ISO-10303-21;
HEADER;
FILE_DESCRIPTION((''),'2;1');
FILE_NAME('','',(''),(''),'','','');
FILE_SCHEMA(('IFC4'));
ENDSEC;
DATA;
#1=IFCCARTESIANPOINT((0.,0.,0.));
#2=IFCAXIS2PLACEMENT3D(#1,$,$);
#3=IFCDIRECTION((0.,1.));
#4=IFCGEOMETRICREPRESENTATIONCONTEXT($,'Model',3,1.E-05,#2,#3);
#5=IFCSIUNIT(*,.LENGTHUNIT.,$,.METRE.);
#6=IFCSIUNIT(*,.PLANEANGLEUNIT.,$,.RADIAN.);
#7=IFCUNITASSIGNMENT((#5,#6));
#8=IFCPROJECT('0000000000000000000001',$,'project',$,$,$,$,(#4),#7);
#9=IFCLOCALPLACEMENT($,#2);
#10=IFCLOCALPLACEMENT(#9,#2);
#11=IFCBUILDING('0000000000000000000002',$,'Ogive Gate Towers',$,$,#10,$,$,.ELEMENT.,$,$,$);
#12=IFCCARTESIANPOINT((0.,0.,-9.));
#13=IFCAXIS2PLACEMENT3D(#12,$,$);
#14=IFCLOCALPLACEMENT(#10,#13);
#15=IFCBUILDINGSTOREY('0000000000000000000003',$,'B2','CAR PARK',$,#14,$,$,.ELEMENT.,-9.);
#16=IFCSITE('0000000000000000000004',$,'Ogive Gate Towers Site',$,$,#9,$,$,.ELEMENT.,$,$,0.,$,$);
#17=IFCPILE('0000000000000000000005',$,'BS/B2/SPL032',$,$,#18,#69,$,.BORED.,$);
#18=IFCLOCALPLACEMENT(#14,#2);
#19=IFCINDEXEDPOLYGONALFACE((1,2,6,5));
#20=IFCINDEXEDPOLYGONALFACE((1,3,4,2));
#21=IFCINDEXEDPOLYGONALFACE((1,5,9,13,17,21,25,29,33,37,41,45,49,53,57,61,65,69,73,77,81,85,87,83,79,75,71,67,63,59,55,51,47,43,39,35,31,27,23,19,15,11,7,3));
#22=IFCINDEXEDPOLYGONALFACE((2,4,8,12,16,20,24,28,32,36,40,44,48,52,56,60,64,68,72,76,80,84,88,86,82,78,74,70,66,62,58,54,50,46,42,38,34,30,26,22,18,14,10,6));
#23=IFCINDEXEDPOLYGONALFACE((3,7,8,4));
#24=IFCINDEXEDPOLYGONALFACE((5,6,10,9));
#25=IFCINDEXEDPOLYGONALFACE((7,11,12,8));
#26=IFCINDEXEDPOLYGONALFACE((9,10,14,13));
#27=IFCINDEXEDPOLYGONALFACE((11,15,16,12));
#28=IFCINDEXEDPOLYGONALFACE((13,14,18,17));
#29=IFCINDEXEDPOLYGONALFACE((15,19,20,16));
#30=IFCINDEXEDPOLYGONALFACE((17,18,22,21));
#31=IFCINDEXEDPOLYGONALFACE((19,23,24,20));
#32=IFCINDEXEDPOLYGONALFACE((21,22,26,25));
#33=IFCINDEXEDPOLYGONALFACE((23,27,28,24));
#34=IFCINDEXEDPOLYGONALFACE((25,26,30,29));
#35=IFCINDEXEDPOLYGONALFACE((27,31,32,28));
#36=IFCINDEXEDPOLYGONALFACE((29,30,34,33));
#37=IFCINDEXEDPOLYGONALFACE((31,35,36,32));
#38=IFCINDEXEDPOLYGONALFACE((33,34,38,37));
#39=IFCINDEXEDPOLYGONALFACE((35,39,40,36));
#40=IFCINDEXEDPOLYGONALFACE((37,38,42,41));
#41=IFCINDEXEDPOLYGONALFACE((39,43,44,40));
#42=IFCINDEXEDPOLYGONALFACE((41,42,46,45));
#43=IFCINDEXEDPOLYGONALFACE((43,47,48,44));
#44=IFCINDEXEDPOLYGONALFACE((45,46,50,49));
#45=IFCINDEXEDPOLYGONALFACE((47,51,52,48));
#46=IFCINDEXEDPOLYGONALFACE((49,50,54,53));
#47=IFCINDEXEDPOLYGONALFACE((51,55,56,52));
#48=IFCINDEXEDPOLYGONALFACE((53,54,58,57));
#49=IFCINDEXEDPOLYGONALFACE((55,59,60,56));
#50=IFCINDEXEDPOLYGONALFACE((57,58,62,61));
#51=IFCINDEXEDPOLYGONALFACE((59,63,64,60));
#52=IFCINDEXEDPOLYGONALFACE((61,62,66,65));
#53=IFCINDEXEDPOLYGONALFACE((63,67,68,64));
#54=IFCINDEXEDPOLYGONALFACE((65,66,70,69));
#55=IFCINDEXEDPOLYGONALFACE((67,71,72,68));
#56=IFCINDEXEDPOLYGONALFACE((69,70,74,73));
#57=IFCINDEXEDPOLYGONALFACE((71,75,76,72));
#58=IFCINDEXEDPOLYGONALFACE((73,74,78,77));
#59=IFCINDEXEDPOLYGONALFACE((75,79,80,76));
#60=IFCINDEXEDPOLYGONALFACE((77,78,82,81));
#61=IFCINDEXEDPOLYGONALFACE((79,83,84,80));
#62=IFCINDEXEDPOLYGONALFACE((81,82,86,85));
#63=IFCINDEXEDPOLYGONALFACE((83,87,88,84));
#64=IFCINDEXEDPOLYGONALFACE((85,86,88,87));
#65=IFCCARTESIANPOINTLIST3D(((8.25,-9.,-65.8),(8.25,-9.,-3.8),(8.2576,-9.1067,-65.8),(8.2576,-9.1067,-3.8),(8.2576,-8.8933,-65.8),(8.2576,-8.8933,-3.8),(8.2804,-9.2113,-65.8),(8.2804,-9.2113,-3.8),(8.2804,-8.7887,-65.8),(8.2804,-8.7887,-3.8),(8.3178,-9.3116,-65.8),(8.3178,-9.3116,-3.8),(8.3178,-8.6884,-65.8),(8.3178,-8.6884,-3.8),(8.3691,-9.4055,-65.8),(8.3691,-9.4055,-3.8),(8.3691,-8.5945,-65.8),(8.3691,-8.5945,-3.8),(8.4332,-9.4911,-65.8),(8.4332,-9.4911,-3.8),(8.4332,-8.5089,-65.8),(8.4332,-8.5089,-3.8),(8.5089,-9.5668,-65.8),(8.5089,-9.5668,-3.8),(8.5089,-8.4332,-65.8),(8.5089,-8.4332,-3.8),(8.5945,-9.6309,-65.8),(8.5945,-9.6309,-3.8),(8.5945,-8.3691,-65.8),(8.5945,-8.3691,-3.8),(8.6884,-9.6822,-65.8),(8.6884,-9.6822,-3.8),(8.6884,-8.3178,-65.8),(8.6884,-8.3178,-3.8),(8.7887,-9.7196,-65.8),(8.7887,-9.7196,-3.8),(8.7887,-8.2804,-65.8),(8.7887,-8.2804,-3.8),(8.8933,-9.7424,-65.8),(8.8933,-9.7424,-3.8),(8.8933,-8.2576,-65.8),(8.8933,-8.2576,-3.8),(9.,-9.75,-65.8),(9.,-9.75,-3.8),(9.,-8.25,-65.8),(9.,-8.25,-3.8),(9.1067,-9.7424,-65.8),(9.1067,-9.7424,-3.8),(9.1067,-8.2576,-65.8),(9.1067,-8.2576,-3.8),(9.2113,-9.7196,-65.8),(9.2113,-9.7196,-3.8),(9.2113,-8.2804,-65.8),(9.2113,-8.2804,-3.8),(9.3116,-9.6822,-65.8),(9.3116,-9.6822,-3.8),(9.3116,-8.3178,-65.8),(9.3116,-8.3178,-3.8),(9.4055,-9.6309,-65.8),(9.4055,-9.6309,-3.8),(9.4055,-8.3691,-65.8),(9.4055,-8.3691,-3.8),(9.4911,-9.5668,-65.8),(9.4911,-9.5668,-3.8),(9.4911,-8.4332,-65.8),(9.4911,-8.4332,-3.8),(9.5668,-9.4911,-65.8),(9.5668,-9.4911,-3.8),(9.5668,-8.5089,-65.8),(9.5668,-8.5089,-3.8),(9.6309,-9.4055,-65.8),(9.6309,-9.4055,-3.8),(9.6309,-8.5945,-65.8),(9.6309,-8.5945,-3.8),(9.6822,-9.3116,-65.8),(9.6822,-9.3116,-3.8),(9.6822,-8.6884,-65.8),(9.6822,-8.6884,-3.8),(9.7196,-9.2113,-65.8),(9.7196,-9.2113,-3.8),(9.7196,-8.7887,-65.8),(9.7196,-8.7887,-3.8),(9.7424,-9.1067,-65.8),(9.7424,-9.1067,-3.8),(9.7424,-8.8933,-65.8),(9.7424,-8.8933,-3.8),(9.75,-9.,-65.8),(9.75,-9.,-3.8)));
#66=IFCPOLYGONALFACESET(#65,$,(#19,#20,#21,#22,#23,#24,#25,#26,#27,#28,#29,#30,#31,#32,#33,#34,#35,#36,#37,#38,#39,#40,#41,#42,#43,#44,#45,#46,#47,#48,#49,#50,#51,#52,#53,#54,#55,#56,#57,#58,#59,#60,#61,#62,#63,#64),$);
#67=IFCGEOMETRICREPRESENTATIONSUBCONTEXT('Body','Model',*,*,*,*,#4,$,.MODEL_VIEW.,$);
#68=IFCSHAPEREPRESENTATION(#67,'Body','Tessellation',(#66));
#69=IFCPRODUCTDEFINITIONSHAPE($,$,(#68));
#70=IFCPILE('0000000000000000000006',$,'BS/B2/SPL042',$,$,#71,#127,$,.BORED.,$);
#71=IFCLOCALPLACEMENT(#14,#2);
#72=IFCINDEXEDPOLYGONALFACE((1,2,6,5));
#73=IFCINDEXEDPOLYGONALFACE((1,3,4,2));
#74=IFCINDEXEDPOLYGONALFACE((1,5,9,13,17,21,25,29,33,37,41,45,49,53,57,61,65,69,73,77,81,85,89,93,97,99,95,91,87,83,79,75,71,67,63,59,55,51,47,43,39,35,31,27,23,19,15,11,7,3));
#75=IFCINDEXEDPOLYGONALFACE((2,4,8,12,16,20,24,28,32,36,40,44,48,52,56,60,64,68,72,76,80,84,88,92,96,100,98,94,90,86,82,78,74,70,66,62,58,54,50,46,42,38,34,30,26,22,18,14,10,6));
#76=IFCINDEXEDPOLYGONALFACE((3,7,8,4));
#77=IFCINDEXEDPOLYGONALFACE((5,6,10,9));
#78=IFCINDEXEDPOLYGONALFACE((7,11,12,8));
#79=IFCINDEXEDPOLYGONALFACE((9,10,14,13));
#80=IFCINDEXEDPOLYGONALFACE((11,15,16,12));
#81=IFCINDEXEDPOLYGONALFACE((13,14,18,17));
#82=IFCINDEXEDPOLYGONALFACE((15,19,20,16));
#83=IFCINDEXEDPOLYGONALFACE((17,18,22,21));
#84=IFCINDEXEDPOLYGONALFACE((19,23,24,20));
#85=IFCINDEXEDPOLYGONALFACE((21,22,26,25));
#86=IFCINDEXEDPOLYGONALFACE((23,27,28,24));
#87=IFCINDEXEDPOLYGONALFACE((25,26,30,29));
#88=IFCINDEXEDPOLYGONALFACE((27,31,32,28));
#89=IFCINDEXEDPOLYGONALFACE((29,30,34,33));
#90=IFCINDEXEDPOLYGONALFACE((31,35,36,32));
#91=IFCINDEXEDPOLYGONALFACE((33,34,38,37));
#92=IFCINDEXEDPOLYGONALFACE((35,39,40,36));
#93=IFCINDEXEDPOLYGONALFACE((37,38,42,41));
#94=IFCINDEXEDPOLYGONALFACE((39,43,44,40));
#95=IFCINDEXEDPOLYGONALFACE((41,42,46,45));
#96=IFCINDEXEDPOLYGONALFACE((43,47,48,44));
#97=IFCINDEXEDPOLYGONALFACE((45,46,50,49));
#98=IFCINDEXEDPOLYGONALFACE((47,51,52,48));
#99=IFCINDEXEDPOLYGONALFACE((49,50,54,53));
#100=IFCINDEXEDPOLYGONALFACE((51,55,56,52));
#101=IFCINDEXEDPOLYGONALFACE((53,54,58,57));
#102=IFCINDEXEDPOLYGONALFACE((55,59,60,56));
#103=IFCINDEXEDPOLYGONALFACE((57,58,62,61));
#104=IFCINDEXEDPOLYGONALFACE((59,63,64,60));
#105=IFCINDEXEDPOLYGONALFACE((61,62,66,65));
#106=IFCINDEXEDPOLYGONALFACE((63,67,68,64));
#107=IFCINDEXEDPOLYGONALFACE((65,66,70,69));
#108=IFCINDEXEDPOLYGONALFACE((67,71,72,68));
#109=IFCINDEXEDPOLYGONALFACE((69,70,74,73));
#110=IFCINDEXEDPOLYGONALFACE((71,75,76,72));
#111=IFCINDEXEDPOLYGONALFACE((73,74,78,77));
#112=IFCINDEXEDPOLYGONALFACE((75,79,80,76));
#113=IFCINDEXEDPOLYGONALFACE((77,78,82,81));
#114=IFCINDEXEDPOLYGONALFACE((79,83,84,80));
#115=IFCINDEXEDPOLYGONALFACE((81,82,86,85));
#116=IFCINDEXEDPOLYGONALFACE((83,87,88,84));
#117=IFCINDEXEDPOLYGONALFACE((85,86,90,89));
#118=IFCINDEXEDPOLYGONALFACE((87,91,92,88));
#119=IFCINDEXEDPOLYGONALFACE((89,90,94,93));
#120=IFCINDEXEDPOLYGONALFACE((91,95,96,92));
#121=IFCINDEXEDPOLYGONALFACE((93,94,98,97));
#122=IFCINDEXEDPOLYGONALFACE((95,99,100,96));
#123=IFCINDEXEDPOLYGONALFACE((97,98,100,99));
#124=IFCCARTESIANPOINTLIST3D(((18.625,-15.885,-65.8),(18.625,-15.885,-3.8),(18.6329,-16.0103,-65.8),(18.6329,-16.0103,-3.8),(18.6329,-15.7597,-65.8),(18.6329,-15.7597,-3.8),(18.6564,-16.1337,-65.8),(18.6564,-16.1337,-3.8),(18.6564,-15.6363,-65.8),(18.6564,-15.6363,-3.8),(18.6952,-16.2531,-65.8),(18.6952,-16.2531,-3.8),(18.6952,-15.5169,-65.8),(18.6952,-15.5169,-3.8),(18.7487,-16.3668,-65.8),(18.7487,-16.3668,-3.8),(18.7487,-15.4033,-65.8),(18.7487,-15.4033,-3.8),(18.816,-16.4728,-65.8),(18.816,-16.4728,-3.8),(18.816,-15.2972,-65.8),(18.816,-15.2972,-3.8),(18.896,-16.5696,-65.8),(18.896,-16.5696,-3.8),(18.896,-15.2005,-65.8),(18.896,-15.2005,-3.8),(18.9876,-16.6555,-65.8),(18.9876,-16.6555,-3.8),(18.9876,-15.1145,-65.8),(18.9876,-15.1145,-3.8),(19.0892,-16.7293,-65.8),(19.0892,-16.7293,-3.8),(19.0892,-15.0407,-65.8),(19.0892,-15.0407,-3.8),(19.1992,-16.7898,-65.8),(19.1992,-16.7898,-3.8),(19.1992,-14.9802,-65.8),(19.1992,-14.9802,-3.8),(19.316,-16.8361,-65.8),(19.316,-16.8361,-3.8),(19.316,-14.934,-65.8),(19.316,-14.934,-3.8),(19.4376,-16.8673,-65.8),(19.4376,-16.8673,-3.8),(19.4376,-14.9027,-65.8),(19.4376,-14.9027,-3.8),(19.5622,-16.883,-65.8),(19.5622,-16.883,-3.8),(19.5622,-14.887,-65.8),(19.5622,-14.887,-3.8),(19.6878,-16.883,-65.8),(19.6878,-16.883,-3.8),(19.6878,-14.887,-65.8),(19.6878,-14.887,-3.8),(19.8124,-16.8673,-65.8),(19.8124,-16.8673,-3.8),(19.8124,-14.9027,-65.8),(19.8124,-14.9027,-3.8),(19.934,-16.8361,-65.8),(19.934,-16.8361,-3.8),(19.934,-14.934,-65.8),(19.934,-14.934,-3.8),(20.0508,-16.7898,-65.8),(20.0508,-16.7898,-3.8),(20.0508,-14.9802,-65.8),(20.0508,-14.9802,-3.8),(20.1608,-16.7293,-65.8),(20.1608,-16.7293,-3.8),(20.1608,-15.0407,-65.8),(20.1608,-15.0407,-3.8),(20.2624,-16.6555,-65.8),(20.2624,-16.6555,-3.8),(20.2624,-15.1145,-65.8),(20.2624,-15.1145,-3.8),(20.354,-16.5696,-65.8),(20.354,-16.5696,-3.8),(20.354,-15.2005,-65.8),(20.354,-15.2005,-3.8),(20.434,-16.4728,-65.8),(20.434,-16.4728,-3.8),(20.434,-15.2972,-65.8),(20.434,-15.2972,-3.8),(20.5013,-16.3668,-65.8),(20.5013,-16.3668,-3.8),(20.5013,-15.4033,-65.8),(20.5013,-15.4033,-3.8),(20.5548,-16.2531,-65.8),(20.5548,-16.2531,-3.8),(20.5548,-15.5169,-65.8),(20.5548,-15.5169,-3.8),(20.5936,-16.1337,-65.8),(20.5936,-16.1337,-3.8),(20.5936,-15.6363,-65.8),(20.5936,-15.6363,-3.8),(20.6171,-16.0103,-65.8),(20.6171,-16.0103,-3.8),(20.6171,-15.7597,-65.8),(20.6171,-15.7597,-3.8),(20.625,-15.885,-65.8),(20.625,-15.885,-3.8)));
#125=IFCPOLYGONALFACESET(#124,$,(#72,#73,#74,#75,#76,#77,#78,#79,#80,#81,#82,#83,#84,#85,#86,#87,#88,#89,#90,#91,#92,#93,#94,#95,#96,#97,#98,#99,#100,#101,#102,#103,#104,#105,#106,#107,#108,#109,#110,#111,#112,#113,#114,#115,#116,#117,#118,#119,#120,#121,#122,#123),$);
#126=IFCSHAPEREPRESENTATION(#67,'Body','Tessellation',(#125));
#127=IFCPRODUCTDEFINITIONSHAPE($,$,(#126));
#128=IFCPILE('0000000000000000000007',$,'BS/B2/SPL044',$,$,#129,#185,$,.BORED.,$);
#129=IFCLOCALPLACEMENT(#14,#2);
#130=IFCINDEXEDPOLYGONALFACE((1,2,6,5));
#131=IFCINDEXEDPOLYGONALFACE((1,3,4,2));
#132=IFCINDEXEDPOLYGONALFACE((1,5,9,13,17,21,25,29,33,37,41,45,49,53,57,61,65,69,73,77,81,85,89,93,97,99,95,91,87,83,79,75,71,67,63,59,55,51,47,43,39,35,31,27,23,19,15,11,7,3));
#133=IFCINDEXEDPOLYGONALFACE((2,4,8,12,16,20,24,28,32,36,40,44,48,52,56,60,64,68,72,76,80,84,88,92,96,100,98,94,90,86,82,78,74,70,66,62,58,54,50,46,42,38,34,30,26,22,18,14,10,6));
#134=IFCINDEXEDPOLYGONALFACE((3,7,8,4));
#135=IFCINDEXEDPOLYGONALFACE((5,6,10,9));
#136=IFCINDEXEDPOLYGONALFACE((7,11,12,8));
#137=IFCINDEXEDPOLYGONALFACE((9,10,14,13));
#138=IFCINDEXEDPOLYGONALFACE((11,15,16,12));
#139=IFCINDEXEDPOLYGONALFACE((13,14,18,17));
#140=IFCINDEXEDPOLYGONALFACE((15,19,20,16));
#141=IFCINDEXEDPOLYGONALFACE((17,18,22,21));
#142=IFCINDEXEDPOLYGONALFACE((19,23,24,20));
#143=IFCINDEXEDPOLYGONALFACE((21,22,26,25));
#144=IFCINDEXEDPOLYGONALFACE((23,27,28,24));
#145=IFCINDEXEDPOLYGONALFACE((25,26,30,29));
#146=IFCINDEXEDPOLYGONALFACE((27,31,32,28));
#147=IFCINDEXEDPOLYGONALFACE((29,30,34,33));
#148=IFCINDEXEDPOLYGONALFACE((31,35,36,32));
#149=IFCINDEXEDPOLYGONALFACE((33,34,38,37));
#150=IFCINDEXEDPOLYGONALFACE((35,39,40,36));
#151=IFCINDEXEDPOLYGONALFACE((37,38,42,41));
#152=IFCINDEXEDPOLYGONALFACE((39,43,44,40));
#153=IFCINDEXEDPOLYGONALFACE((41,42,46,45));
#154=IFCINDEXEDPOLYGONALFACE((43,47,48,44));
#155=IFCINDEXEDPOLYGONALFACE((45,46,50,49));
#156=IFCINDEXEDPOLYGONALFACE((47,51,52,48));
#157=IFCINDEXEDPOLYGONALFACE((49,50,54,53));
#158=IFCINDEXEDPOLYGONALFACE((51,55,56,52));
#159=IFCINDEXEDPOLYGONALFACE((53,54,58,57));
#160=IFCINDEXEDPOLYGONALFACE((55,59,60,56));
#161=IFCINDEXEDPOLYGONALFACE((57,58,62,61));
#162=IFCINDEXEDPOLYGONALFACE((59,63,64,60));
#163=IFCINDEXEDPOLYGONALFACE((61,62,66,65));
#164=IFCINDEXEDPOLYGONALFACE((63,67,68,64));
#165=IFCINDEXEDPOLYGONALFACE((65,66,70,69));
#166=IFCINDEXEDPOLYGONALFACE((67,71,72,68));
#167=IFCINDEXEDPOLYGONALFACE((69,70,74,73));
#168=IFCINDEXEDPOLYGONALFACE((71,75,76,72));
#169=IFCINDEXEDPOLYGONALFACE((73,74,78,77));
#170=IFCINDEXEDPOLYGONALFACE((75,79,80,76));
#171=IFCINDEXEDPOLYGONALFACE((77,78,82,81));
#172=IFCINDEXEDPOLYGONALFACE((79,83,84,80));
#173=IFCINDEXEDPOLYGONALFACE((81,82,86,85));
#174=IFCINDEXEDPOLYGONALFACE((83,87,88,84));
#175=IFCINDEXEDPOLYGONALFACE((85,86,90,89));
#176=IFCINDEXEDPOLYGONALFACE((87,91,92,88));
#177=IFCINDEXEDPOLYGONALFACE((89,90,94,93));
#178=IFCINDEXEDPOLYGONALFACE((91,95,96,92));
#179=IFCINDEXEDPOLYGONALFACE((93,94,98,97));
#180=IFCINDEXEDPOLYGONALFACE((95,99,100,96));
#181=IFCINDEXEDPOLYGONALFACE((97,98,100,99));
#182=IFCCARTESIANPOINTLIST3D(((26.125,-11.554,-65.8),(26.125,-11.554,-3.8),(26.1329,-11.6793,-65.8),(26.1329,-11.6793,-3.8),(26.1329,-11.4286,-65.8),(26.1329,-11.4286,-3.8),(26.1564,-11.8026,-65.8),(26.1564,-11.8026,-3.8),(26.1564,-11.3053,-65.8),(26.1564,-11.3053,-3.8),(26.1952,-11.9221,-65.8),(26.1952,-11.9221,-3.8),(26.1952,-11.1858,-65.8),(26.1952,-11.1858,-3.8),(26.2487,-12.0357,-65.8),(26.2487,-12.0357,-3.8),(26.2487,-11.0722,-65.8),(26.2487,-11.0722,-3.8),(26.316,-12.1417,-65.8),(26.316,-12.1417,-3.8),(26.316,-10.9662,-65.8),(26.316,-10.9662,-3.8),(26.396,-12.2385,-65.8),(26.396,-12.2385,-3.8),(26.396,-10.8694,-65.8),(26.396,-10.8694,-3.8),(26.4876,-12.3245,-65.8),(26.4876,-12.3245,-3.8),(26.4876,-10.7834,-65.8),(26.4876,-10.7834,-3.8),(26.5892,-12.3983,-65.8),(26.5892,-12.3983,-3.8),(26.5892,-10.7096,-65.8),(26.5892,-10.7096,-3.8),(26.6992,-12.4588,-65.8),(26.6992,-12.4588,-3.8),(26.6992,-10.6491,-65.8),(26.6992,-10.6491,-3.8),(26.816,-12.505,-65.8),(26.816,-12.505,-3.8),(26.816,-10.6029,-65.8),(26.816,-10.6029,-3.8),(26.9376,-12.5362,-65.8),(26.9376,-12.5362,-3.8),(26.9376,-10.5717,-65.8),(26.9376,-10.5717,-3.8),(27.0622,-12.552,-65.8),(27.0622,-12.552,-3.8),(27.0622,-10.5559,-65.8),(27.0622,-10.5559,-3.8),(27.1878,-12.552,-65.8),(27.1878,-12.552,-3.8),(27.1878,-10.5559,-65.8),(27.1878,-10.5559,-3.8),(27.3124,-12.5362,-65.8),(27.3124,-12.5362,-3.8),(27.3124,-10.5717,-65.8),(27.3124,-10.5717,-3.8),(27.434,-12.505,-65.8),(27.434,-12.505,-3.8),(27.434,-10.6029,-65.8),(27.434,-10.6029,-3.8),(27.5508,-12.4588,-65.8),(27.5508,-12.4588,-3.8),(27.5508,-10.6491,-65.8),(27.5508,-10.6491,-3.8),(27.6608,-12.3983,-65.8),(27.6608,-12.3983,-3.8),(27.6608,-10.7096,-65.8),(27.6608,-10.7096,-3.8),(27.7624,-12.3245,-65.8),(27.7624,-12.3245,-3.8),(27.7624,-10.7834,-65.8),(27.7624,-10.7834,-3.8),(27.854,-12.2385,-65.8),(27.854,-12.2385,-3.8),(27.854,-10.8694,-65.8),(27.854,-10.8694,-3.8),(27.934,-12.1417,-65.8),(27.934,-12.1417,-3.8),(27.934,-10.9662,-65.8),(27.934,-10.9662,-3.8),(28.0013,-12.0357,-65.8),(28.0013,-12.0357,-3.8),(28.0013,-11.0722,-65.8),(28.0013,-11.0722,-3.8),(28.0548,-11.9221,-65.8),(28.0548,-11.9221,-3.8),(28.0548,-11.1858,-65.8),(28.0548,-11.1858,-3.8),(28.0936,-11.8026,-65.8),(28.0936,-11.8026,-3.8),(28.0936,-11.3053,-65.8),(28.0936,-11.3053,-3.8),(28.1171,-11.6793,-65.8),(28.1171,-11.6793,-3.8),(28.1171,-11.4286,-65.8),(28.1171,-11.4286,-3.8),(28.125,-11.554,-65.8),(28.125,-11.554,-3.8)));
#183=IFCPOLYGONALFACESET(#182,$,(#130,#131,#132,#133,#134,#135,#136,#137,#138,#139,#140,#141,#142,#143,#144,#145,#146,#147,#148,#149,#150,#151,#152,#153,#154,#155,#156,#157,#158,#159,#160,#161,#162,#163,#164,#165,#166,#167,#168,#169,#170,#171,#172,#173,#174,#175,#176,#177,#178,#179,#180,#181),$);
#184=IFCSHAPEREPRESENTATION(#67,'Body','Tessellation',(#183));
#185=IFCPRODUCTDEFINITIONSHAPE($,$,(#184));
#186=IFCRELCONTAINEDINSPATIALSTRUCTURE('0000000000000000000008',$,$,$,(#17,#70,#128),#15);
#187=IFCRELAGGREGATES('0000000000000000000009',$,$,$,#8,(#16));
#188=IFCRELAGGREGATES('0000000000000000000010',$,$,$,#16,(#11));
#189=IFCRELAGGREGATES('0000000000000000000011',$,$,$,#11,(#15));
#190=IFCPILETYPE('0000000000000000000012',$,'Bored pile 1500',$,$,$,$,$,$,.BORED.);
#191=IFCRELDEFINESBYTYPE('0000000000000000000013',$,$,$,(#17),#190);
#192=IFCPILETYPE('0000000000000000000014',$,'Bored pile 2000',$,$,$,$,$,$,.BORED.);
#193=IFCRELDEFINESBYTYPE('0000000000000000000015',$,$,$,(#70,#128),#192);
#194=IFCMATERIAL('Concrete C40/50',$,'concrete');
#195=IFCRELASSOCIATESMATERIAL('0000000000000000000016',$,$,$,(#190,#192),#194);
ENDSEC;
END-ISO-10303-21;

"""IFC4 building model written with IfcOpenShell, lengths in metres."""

from ifc_helpers import new_model, si_unit, direction, frame, origin, origin_2d, place, context, subcontext, project, spatial, circle, extrude, material, material_profile, profile_set, type_object, element, save


model = new_model("IFC4")

# Units and contexts
model_context = context("Model", 3, precision=1e-05, world=origin(), true_north=direction((0.0, 1.0)))
body_context = subcontext(model_context, "Body", "Model", "MODEL_VIEW")
ifc_project = project(units=[si_unit("LENGTHUNIT", "METRE"), si_unit("PLANEANGLEUNIT", "RADIAN")], contexts=[model_context])

# Site, building, storey
site_placement = place(None, origin())
site = spatial("IfcSite", under=ifc_project, at=site_placement, Name="Ogive Gate Towers Site", CompositionType="ELEMENT", RefElevation=0.0)
building_placement = place(site_placement, origin())
building = spatial("IfcBuilding", under=site, at=building_placement, Name="Ogive Gate Towers", CompositionType="ELEMENT")
storey_placement = place(building_placement, frame((0.0, 0.0, -9.0)))
storey = spatial("IfcBuildingStorey", under=building, at=storey_placement, Name="B2", Description="CAR PARK", CompositionType="ELEMENT", Elevation=-9.0)

# Piles
ifc_material_1 = material(Name="Concrete C40/50", Category="concrete")
ifc_material_profile_1 = material_profile(ifc_material_1, circle(Radius=0.75, at=origin_2d()), Name="BP 1500")
ifc_profile_set_1 = profile_set([ifc_material_profile_1], Name="Concrete C40/50")
pile_type_1 = type_object("IfcPileType", Name="Bored pile 1500", PredefinedType="BORED", material=ifc_profile_set_1)
pile_placement = place(storey_placement, frame((9.0, -9.0, -3.8), z_axis=(0.0, 0.0, -1.0), x_axis=(1.0, 0.0, 0.0)))
element("IfcPile", 1, at=pile_placement, inside=storey, type_object=pile_type_1, Name="BS/B2/SPL032", PredefinedType="BORED", context=body_context, shape_type="SweptSolid", body=[
    extrude(circle(Radius=0.75, at=origin_2d()), origin(), (0.0, 0.0, 1.0), 62.0),
])
ifc_material_profile_2 = material_profile(ifc_material_1, circle(Radius=1.0, at=origin_2d()), Name="BP 2000")
ifc_profile_set_2 = profile_set([ifc_material_profile_2], Name="Concrete C40/50")
pile_type_2 = type_object("IfcPileType", Name="Bored pile 2000", PredefinedType="BORED", material=ifc_profile_set_2)
for number, where, z_axis, x_axis, name in (
    (2, (19.625, -15.885, -3.8), (0.0, 0.0, -1.0), (1.0, 0.0, 0.0), "BS/B2/SPL042"),
    (3, (27.125, -11.554, -3.8), (0.0, 0.0, -1.0), (1.0, 0.0, 0.0), "BS/B2/SPL044"),
):
    element("IfcPile", number, at=place(storey_placement, frame(where, z_axis=z_axis, x_axis=x_axis)), inside=storey, type_object=pile_type_2, Name=name, PredefinedType="BORED", context=body_context, shape_type="SweptSolid", body=[
        extrude(circle(Radius=1.0, at=origin_2d()), origin(), (0.0, 0.0, 1.0), 62.0),
    ])

save(model, "model.ifc")
